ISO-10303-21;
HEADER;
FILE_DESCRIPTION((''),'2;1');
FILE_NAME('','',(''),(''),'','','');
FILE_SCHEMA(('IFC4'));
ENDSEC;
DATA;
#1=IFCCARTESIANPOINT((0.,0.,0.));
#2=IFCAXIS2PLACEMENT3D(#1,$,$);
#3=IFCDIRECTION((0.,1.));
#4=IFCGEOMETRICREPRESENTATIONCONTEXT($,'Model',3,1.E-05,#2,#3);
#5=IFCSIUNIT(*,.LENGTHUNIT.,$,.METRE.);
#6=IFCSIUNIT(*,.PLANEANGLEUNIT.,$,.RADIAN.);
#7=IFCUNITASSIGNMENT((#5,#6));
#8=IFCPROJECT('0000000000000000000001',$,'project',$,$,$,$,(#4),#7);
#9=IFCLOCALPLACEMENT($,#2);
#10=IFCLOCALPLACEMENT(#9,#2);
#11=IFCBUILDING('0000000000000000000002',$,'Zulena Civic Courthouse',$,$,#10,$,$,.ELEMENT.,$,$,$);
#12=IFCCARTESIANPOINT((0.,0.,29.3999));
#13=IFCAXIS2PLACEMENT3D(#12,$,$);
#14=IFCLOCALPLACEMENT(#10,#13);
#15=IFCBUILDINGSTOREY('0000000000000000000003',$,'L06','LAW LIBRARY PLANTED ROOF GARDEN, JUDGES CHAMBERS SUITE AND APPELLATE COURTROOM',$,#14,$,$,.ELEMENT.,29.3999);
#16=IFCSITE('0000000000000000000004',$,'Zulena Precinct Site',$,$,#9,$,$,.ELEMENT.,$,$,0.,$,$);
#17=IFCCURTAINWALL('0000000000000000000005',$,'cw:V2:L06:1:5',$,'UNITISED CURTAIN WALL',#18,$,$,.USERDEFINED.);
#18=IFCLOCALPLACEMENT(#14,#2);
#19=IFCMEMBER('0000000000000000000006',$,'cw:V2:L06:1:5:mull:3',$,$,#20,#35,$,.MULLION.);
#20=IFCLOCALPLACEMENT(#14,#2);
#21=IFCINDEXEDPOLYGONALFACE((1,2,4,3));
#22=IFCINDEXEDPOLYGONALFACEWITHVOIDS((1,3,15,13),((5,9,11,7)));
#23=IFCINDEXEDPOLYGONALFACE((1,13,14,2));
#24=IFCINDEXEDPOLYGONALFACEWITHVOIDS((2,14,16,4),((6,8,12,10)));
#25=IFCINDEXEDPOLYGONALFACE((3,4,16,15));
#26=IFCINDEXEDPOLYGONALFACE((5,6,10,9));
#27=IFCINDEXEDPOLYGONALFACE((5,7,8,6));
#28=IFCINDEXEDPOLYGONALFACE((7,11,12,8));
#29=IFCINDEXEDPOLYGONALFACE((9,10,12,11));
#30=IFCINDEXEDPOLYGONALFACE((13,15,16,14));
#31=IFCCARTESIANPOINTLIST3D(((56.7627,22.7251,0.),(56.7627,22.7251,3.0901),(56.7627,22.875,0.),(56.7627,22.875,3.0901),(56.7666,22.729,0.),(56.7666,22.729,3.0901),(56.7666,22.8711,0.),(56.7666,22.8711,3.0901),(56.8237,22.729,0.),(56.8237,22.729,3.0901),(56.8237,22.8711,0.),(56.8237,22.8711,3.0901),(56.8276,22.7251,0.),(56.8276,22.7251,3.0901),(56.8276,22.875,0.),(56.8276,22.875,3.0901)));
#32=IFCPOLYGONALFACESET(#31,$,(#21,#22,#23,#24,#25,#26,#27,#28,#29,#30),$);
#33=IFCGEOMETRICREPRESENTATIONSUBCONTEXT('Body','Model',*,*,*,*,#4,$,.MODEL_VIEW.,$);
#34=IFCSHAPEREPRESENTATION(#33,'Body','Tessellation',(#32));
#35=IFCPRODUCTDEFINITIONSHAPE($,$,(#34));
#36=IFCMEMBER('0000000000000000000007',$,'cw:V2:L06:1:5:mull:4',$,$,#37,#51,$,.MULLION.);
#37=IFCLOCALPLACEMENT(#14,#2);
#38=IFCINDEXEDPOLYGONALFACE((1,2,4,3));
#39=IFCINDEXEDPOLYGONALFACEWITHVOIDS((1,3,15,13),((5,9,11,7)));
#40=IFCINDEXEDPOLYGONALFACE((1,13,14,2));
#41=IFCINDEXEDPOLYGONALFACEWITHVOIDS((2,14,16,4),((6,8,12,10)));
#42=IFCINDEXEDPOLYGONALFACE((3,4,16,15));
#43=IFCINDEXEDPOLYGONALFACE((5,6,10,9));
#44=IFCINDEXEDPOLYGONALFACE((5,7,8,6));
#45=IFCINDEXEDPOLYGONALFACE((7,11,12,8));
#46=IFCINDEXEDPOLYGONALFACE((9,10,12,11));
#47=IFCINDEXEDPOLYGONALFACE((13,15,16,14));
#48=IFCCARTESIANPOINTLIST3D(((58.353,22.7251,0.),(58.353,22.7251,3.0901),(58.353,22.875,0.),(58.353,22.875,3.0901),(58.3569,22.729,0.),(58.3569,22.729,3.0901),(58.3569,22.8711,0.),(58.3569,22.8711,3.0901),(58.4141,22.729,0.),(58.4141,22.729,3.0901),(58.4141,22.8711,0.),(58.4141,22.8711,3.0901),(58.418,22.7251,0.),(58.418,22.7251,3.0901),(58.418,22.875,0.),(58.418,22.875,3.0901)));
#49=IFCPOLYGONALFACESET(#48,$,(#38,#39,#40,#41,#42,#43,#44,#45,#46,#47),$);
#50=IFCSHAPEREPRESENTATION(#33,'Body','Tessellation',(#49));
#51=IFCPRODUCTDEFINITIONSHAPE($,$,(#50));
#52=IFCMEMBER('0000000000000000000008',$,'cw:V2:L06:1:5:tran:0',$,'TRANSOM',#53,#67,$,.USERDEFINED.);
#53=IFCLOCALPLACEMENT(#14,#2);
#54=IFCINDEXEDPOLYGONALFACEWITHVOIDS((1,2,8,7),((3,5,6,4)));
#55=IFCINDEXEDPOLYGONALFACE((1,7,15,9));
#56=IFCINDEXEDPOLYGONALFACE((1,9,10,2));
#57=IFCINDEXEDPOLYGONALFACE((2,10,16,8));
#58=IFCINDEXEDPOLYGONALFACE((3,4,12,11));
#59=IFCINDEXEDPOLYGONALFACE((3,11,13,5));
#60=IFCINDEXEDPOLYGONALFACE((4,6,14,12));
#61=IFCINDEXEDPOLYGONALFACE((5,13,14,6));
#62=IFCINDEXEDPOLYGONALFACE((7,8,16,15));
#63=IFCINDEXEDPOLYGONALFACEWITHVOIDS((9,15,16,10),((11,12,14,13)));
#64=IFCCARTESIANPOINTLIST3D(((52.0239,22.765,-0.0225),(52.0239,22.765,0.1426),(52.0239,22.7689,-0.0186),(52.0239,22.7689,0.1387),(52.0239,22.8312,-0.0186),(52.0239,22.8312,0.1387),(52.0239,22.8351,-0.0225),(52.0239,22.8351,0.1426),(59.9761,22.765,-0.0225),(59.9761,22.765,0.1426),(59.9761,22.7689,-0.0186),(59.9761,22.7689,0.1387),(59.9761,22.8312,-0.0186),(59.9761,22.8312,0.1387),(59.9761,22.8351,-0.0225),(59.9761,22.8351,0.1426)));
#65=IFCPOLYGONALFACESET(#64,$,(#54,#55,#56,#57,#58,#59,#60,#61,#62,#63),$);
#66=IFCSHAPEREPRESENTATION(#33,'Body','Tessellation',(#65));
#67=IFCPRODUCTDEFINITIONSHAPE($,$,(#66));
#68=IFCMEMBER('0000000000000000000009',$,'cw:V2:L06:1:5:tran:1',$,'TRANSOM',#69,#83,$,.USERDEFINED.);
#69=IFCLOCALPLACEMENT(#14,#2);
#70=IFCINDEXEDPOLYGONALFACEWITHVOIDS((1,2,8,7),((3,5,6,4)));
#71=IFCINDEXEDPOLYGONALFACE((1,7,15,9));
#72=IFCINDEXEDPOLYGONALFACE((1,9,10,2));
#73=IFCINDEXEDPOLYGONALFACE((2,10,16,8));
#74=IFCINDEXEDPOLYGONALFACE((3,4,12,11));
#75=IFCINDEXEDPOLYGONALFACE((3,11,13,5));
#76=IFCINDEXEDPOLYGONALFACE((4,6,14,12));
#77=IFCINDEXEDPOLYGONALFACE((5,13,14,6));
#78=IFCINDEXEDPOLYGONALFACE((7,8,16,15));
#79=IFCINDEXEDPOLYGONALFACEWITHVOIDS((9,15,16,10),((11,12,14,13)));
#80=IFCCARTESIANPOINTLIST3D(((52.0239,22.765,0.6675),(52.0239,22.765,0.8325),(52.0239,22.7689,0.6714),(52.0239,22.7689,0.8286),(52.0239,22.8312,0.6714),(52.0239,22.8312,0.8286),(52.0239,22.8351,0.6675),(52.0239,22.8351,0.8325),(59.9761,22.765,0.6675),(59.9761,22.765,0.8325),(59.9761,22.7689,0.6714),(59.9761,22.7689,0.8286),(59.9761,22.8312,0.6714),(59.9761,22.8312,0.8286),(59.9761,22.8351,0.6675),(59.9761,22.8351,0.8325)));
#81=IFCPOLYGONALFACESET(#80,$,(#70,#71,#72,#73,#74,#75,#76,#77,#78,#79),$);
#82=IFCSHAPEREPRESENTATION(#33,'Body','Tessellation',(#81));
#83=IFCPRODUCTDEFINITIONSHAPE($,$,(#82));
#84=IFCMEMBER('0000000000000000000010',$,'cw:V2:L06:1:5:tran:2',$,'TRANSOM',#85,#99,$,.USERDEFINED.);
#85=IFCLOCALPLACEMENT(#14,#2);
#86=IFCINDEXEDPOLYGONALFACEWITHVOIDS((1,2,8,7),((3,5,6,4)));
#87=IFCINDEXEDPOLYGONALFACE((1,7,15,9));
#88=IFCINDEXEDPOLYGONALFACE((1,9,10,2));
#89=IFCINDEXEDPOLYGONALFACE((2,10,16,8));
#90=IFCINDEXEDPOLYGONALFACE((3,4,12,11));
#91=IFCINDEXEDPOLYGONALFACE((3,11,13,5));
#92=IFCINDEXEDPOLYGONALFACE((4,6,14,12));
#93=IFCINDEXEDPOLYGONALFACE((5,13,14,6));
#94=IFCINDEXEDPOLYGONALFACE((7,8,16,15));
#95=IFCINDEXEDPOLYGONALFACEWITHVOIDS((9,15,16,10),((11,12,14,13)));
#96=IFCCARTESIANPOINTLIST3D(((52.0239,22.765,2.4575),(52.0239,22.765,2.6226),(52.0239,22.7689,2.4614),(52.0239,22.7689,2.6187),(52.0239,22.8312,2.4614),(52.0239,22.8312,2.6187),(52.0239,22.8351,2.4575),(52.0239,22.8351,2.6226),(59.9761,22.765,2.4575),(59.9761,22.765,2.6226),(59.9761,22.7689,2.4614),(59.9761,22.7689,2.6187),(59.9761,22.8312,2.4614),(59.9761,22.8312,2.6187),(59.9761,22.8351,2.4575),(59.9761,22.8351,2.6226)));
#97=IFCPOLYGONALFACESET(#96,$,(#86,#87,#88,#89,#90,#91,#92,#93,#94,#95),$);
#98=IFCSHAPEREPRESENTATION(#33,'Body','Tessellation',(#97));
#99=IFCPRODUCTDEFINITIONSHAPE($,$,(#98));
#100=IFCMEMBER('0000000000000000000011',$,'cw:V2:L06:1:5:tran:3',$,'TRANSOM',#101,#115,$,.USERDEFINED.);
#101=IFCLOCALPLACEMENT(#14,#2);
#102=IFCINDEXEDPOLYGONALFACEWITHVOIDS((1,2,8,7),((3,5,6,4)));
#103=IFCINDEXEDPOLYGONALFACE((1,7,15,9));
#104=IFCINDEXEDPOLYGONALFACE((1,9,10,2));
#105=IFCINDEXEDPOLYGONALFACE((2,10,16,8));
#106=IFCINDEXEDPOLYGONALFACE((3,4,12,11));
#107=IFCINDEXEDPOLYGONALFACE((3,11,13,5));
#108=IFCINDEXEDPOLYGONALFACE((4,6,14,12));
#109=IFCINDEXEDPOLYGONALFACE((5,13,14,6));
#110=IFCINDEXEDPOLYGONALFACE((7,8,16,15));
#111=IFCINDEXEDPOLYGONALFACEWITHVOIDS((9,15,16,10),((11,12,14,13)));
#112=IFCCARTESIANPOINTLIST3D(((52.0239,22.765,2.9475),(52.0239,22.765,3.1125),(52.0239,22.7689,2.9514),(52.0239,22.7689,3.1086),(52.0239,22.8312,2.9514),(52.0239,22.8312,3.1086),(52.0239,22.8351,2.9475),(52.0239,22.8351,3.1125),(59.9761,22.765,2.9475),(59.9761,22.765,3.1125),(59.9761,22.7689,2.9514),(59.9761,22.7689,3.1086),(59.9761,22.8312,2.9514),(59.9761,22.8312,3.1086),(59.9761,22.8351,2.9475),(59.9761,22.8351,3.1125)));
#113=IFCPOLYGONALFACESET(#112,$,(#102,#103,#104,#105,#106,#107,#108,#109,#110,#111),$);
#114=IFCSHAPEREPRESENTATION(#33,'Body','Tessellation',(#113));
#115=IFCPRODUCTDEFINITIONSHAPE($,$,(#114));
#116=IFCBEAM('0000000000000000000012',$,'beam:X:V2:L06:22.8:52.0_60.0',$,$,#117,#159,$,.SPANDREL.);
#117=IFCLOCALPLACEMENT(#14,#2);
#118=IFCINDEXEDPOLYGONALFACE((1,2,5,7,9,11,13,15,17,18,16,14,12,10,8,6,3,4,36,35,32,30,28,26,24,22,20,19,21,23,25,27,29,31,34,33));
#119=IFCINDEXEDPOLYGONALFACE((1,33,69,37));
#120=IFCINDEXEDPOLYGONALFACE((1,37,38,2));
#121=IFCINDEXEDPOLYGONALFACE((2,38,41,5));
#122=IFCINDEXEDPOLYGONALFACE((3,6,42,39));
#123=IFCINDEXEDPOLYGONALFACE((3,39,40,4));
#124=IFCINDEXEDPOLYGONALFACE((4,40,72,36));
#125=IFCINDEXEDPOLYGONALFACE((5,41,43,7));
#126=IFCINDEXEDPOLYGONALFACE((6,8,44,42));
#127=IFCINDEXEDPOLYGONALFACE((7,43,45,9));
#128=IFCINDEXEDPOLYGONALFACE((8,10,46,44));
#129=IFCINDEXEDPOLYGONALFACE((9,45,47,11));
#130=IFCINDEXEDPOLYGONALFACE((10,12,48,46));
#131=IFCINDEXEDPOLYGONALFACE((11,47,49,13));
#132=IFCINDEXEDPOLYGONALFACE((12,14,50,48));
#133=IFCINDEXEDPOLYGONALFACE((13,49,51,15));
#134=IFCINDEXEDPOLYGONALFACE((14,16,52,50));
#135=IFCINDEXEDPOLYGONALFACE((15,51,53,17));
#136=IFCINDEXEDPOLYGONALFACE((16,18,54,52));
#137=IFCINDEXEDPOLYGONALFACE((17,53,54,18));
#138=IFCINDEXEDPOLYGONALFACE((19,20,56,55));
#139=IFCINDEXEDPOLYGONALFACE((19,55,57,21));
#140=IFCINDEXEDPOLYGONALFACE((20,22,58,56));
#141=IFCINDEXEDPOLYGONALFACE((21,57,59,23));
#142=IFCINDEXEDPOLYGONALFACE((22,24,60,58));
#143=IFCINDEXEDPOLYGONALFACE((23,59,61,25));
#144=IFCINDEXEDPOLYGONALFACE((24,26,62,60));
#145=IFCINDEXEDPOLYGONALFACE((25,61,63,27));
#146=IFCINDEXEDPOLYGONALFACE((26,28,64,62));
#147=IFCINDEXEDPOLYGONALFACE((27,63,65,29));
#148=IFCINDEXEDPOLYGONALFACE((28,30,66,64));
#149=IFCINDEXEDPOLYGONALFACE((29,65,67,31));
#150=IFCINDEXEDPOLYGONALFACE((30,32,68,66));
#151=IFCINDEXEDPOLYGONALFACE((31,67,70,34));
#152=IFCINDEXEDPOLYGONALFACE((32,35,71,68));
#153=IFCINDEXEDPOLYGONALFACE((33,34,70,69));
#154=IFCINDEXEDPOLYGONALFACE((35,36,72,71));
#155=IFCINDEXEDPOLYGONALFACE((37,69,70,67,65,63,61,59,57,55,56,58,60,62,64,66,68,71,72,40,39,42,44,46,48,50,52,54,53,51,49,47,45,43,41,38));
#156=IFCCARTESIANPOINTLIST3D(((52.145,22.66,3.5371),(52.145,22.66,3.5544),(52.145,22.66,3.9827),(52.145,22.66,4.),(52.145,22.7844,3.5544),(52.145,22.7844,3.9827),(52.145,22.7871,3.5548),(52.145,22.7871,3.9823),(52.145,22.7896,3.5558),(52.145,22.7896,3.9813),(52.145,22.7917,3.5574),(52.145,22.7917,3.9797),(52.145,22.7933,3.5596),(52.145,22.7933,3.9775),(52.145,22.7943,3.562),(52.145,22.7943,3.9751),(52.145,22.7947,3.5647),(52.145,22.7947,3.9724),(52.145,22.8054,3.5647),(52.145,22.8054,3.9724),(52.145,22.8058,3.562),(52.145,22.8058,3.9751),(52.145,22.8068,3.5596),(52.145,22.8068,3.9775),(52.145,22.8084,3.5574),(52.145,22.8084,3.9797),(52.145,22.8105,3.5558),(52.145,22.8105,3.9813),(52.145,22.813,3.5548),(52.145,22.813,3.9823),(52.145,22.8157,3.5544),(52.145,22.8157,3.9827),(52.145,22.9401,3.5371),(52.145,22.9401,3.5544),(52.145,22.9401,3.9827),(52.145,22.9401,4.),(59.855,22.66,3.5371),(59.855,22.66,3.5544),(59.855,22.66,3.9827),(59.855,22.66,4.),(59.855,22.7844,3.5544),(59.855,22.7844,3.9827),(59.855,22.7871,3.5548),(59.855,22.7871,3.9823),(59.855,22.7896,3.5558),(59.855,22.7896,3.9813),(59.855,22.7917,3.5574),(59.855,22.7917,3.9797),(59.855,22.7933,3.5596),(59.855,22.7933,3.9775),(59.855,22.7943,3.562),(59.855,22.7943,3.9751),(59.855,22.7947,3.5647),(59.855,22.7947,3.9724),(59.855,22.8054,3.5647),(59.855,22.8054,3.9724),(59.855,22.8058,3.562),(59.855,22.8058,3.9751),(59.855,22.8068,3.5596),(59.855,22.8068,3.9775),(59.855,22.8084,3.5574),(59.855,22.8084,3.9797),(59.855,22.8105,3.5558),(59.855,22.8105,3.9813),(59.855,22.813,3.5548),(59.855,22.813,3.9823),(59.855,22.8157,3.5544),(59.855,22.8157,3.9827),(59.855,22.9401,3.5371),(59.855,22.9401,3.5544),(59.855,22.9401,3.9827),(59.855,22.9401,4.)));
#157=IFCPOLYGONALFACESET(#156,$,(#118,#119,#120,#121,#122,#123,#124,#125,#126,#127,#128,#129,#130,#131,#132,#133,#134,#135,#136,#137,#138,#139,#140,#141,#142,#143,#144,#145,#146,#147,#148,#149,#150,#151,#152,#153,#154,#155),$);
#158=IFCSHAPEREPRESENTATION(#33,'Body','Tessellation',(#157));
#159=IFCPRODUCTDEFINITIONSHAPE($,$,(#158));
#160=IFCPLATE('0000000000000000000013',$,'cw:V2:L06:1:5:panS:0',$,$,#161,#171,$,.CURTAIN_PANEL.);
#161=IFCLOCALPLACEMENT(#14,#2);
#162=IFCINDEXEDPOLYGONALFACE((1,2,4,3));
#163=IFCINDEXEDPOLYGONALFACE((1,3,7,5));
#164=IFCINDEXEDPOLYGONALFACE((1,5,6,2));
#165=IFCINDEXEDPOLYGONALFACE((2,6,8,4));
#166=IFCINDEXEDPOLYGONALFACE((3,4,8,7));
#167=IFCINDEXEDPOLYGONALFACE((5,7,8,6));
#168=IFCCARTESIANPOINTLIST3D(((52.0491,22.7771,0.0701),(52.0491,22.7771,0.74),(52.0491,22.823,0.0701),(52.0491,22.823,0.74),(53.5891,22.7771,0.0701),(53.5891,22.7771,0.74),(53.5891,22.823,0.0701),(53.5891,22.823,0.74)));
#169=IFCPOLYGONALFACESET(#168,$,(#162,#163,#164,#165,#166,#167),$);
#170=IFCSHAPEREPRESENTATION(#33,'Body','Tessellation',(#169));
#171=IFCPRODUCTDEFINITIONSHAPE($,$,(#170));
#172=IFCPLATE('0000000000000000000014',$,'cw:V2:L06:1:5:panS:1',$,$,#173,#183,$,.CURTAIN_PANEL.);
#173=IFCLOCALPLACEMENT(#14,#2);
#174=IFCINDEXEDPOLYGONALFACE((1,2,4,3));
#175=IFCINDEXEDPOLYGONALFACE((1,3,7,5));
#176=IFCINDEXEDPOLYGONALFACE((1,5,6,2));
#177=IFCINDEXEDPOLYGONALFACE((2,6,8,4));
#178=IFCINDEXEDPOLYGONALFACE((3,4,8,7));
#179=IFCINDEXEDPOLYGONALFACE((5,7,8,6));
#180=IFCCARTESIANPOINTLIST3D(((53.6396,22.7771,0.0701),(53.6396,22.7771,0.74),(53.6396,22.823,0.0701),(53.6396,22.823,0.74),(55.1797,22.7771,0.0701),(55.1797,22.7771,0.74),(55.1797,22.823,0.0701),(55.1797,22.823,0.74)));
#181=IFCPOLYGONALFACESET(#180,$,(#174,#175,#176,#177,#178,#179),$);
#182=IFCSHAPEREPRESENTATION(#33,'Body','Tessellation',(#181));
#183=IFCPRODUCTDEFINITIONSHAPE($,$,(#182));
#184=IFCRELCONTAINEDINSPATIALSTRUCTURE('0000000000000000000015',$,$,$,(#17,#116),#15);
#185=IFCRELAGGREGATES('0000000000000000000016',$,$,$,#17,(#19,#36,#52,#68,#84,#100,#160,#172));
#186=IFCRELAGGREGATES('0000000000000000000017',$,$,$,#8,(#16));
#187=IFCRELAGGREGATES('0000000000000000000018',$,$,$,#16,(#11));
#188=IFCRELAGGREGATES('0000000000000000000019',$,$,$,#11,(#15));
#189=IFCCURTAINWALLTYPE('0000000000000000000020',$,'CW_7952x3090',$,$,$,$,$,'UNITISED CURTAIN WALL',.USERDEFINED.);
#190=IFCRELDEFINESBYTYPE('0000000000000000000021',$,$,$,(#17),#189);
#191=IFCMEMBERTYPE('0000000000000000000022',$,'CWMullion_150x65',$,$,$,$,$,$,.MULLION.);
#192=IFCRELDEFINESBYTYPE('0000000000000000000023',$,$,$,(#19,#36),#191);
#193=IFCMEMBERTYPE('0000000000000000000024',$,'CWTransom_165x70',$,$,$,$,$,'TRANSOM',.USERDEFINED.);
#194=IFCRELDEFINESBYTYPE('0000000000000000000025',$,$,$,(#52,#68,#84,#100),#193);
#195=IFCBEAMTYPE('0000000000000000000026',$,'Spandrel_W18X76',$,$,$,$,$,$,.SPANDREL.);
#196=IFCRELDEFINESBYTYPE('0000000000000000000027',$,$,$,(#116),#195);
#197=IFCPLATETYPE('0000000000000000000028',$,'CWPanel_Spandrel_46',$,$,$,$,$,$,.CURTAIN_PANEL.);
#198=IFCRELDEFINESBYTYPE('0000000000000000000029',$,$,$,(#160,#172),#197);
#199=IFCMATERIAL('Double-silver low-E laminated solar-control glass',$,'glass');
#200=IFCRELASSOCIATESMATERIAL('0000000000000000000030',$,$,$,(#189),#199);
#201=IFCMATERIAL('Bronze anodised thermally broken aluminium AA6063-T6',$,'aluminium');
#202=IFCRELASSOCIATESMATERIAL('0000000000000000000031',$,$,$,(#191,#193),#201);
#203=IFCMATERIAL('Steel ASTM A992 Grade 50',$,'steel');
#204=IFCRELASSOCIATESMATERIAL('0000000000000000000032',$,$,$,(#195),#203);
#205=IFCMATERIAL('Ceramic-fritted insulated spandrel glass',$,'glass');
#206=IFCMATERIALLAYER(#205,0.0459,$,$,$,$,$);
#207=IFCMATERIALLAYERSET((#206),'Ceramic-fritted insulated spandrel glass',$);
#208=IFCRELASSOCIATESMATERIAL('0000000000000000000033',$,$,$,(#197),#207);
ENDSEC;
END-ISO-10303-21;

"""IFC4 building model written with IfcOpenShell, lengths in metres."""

from ifc_helpers import new_model, si_unit, direction, frame, origin, origin_2d, place, context, subcontext, project, spatial, rectangle, hollow_rectangle, i_section, extrude, material, layer, layer_set, material_profile, profile_set, type_object, element, aggregate, save


model = new_model("IFC4")

# Units and contexts
model_context = context("Model", 3, precision=1e-05, world=origin(), true_north=direction((0.0, 1.0)))
body_context = subcontext(model_context, "Body", "Model", "MODEL_VIEW")
ifc_project = project(units=[si_unit("LENGTHUNIT", "METRE"), si_unit("PLANEANGLEUNIT", "RADIAN")], contexts=[model_context])

# Site, building, storey
site_placement = place(None, origin())
site = spatial("IfcSite", under=ifc_project, at=site_placement, Name="Zulena Precinct Site", CompositionType="ELEMENT", RefElevation=0.0)
building_placement = place(site_placement, origin())
building = spatial("IfcBuilding", under=site, at=building_placement, Name="Zulena Civic Courthouse", CompositionType="ELEMENT")
storey_placement = place(building_placement, frame((0.0, 0.0, 29.3999)))
storey = spatial("IfcBuildingStorey", under=building, at=storey_placement, Name="L06", Description="LAW LIBRARY PLANTED ROOF GARDEN, JUDGES CHAMBERS SUITE AND APPELLATE COURTROOM", CompositionType="ELEMENT", Elevation=29.3999)

# Shared definitions
ifc_material_1 = material(Name="Steel ASTM A992 Grade 50", Category="steel")

# Curtain wall, members
ifc_material_2 = material(Name="Double-silver low-E laminated solar-control glass", Category="glass")
curtain_wall_type = type_object("IfcCurtainWallType", Name="CW_7952x3090", ElementType="UNITISED CURTAIN WALL", PredefinedType="USERDEFINED", material=ifc_material_2)
curtain_wall_placement = place(storey_placement, origin())
curtain_wall = element("IfcCurtainWall", 1, at=curtain_wall_placement, inside=storey, type_object=curtain_wall_type, Name="cw:V2:L06:1:5", ObjectType="UNITISED CURTAIN WALL", PredefinedType="USERDEFINED")
ifc_material_3 = material(Name="Bronze anodised thermally broken aluminium AA6063-T6", Category="aluminium")
ifc_material_profile_1 = material_profile(ifc_material_3, hollow_rectangle(XDim=0.0649, YDim=0.1499, WallThickness=0.0039, at=origin_2d()), Name="CWM150X65X4")
ifc_profile_set_1 = profile_set([ifc_material_profile_1], Name="Bronze anodised thermally broken aluminium AA6063-T6")
member_type_1 = type_object("IfcMemberType", Name="CWMullion_150x65", PredefinedType="MULLION", material=ifc_profile_set_1)
member_1_placement = place(storey_placement, frame((56.7952, 22.8, 0.0), z_axis=(0.0, 0.0, 1.0), x_axis=(1.0, 0.0, 0.0)))
member_1 = element("IfcMember", 2, at=member_1_placement, type_object=member_type_1, Name="cw:V2:L06:1:5:mull:3", PredefinedType="MULLION", context=body_context, shape_type="SweptSolid", body=[
    extrude(hollow_rectangle(XDim=0.0649, YDim=0.1499, WallThickness=0.0039, at=origin_2d()), origin(), (0.0, 0.0, 1.0), 3.0901),
])
member_2_placement = place(storey_placement, frame((58.3855, 22.8, 0.0), z_axis=(0.0, 0.0, 1.0), x_axis=(1.0, 0.0, 0.0)))
member_2 = element("IfcMember", 3, at=member_2_placement, type_object=member_type_1, Name="cw:V2:L06:1:5:mull:4", PredefinedType="MULLION", context=body_context, shape_type="SweptSolid", body=[
    extrude(hollow_rectangle(XDim=0.0649, YDim=0.1499, WallThickness=0.0039, at=origin_2d()), origin(), (0.0, 0.0, 1.0), 3.0901),
])
ifc_material_profile_2 = material_profile(ifc_material_3, hollow_rectangle(XDim=0.0701, YDim=0.165, WallThickness=0.0039, at=origin_2d()), Name="CWT165X70X4")
ifc_profile_set_2 = profile_set([ifc_material_profile_2], Name="Bronze anodised thermally broken aluminium AA6063-T6")
member_type_2 = type_object("IfcMemberType", Name="CWTransom_165x70", ElementType="TRANSOM", PredefinedType="USERDEFINED", material=ifc_profile_set_2)
member_3_placement = place(storey_placement, frame((52.0239, 22.8, 0.0601), z_axis=(1.0, 0.0, 0.0), x_axis=(0.0, 1.0, 0.0)))
member_3 = element("IfcMember", 4, at=member_3_placement, type_object=member_type_2, Name="cw:V2:L06:1:5:tran:0", ObjectType="TRANSOM", PredefinedType="USERDEFINED", context=body_context, shape_type="SweptSolid", body=[
    extrude(hollow_rectangle(XDim=0.0701, YDim=0.165, WallThickness=0.0039, at=origin_2d()), origin(), (0.0, 0.0, 1.0), 7.9521),
])
member_4_placement = place(storey_placement, frame((52.0239, 22.8, 0.75), z_axis=(1.0, 0.0, 0.0), x_axis=(0.0, 1.0, 0.0)))
member_4 = element("IfcMember", 5, at=member_4_placement, type_object=member_type_2, Name="cw:V2:L06:1:5:tran:1", ObjectType="TRANSOM", PredefinedType="USERDEFINED", context=body_context, shape_type="SweptSolid", body=[
    extrude(hollow_rectangle(XDim=0.0701, YDim=0.165, WallThickness=0.0039, at=origin_2d()), origin(), (0.0, 0.0, 1.0), 7.9521),
])
member_5_placement = place(storey_placement, frame((52.0239, 22.8, 2.54), z_axis=(1.0, 0.0, 0.0), x_axis=(0.0, 1.0, 0.0)))
member_5 = element("IfcMember", 6, at=member_5_placement, type_object=member_type_2, Name="cw:V2:L06:1:5:tran:2", ObjectType="TRANSOM", PredefinedType="USERDEFINED", context=body_context, shape_type="SweptSolid", body=[
    extrude(hollow_rectangle(XDim=0.0701, YDim=0.165, WallThickness=0.0039, at=origin_2d()), origin(), (0.0, 0.0, 1.0), 7.9521),
])
member_6_placement = place(storey_placement, frame((52.0239, 22.8, 3.03), z_axis=(1.0, 0.0, 0.0), x_axis=(0.0, 1.0, 0.0)))
member_6 = element("IfcMember", 7, at=member_6_placement, type_object=member_type_2, Name="cw:V2:L06:1:5:tran:3", ObjectType="TRANSOM", PredefinedType="USERDEFINED", context=body_context, shape_type="SweptSolid", body=[
    extrude(hollow_rectangle(XDim=0.0701, YDim=0.165, WallThickness=0.0039, at=origin_2d()), origin(), (0.0, 0.0, 1.0), 7.9521),
])

# Beam
ifc_material_profile_3 = material_profile(ifc_material_1, i_section(OverallWidth=0.28, OverallDepth=0.4629, WebThickness=0.0107, FlangeThickness=0.0173, FilletRadius=0.0103, at=origin_2d()), Name="W18X76")
ifc_profile_set_3 = profile_set([ifc_material_profile_3], Name="Steel ASTM A992 Grade 50")
beam_type = type_object("IfcBeamType", Name="Spandrel_W18X76", PredefinedType="SPANDREL", material=ifc_profile_set_3)
beam_placement = place(storey_placement, frame((52.145, 22.8, 3.7686), z_axis=(1.0, 0.0, 0.0), x_axis=(0.0, 1.0, 0.0)))
element("IfcBeam", 8, at=beam_placement, inside=storey, type_object=beam_type, Name="beam:X:V2:L06:22.8:52.0_60.0", PredefinedType="SPANDREL", context=body_context, shape_type="SweptSolid", body=[
    extrude(i_section(OverallWidth=0.28, OverallDepth=0.4629, WebThickness=0.0107, FlangeThickness=0.0173, FilletRadius=0.0103, at=origin_2d()), origin(), (0.0, 0.0, 1.0), 7.71),
])

# Plates
ifc_material_4 = material(Name="Ceramic-fritted insulated spandrel glass", Category="glass")
ifc_layer_1 = layer(ifc_material_4, 0.0459)
ifc_layer_set_1 = layer_set([ifc_layer_1], Name="Ceramic-fritted insulated spandrel glass")
plate_type_1 = type_object("IfcPlateType", Name="CWPanel_Spandrel_46", PredefinedType="CURTAIN_PANEL", material=ifc_layer_set_1)
plate_1_placement = place(storey_placement, frame((52.8191, 22.8, 0.0701), z_axis=(0.0, 0.0, 1.0), x_axis=(1.0, 0.0, 0.0)))
plate_1 = element("IfcPlate", 9, at=plate_1_placement, type_object=plate_type_1, Name="cw:V2:L06:1:5:panS:0", PredefinedType="CURTAIN_PANEL", context=body_context, shape_type="SweptSolid", body=[
    extrude(rectangle(XDim=1.54, YDim=0.0459, at=origin_2d()), origin(), (0.0, 0.0, 1.0), 0.6699),
])
plate_2_placement = place(storey_placement, frame((54.4097, 22.8, 0.0701), z_axis=(0.0, 0.0, 1.0), x_axis=(1.0, 0.0, 0.0)))
plate_2 = element("IfcPlate", 10, at=plate_2_placement, type_object=plate_type_1, Name="cw:V2:L06:1:5:panS:1", PredefinedType="CURTAIN_PANEL", context=body_context, shape_type="SweptSolid", body=[
    extrude(rectangle(XDim=1.54, YDim=0.0459, at=origin_2d()), origin(), (0.0, 0.0, 1.0), 0.6699),
])
aggregate(curtain_wall, [member_1, member_2, member_3, member_4, member_5, member_6, plate_1, plate_2])

save(model, "model.ifc")
